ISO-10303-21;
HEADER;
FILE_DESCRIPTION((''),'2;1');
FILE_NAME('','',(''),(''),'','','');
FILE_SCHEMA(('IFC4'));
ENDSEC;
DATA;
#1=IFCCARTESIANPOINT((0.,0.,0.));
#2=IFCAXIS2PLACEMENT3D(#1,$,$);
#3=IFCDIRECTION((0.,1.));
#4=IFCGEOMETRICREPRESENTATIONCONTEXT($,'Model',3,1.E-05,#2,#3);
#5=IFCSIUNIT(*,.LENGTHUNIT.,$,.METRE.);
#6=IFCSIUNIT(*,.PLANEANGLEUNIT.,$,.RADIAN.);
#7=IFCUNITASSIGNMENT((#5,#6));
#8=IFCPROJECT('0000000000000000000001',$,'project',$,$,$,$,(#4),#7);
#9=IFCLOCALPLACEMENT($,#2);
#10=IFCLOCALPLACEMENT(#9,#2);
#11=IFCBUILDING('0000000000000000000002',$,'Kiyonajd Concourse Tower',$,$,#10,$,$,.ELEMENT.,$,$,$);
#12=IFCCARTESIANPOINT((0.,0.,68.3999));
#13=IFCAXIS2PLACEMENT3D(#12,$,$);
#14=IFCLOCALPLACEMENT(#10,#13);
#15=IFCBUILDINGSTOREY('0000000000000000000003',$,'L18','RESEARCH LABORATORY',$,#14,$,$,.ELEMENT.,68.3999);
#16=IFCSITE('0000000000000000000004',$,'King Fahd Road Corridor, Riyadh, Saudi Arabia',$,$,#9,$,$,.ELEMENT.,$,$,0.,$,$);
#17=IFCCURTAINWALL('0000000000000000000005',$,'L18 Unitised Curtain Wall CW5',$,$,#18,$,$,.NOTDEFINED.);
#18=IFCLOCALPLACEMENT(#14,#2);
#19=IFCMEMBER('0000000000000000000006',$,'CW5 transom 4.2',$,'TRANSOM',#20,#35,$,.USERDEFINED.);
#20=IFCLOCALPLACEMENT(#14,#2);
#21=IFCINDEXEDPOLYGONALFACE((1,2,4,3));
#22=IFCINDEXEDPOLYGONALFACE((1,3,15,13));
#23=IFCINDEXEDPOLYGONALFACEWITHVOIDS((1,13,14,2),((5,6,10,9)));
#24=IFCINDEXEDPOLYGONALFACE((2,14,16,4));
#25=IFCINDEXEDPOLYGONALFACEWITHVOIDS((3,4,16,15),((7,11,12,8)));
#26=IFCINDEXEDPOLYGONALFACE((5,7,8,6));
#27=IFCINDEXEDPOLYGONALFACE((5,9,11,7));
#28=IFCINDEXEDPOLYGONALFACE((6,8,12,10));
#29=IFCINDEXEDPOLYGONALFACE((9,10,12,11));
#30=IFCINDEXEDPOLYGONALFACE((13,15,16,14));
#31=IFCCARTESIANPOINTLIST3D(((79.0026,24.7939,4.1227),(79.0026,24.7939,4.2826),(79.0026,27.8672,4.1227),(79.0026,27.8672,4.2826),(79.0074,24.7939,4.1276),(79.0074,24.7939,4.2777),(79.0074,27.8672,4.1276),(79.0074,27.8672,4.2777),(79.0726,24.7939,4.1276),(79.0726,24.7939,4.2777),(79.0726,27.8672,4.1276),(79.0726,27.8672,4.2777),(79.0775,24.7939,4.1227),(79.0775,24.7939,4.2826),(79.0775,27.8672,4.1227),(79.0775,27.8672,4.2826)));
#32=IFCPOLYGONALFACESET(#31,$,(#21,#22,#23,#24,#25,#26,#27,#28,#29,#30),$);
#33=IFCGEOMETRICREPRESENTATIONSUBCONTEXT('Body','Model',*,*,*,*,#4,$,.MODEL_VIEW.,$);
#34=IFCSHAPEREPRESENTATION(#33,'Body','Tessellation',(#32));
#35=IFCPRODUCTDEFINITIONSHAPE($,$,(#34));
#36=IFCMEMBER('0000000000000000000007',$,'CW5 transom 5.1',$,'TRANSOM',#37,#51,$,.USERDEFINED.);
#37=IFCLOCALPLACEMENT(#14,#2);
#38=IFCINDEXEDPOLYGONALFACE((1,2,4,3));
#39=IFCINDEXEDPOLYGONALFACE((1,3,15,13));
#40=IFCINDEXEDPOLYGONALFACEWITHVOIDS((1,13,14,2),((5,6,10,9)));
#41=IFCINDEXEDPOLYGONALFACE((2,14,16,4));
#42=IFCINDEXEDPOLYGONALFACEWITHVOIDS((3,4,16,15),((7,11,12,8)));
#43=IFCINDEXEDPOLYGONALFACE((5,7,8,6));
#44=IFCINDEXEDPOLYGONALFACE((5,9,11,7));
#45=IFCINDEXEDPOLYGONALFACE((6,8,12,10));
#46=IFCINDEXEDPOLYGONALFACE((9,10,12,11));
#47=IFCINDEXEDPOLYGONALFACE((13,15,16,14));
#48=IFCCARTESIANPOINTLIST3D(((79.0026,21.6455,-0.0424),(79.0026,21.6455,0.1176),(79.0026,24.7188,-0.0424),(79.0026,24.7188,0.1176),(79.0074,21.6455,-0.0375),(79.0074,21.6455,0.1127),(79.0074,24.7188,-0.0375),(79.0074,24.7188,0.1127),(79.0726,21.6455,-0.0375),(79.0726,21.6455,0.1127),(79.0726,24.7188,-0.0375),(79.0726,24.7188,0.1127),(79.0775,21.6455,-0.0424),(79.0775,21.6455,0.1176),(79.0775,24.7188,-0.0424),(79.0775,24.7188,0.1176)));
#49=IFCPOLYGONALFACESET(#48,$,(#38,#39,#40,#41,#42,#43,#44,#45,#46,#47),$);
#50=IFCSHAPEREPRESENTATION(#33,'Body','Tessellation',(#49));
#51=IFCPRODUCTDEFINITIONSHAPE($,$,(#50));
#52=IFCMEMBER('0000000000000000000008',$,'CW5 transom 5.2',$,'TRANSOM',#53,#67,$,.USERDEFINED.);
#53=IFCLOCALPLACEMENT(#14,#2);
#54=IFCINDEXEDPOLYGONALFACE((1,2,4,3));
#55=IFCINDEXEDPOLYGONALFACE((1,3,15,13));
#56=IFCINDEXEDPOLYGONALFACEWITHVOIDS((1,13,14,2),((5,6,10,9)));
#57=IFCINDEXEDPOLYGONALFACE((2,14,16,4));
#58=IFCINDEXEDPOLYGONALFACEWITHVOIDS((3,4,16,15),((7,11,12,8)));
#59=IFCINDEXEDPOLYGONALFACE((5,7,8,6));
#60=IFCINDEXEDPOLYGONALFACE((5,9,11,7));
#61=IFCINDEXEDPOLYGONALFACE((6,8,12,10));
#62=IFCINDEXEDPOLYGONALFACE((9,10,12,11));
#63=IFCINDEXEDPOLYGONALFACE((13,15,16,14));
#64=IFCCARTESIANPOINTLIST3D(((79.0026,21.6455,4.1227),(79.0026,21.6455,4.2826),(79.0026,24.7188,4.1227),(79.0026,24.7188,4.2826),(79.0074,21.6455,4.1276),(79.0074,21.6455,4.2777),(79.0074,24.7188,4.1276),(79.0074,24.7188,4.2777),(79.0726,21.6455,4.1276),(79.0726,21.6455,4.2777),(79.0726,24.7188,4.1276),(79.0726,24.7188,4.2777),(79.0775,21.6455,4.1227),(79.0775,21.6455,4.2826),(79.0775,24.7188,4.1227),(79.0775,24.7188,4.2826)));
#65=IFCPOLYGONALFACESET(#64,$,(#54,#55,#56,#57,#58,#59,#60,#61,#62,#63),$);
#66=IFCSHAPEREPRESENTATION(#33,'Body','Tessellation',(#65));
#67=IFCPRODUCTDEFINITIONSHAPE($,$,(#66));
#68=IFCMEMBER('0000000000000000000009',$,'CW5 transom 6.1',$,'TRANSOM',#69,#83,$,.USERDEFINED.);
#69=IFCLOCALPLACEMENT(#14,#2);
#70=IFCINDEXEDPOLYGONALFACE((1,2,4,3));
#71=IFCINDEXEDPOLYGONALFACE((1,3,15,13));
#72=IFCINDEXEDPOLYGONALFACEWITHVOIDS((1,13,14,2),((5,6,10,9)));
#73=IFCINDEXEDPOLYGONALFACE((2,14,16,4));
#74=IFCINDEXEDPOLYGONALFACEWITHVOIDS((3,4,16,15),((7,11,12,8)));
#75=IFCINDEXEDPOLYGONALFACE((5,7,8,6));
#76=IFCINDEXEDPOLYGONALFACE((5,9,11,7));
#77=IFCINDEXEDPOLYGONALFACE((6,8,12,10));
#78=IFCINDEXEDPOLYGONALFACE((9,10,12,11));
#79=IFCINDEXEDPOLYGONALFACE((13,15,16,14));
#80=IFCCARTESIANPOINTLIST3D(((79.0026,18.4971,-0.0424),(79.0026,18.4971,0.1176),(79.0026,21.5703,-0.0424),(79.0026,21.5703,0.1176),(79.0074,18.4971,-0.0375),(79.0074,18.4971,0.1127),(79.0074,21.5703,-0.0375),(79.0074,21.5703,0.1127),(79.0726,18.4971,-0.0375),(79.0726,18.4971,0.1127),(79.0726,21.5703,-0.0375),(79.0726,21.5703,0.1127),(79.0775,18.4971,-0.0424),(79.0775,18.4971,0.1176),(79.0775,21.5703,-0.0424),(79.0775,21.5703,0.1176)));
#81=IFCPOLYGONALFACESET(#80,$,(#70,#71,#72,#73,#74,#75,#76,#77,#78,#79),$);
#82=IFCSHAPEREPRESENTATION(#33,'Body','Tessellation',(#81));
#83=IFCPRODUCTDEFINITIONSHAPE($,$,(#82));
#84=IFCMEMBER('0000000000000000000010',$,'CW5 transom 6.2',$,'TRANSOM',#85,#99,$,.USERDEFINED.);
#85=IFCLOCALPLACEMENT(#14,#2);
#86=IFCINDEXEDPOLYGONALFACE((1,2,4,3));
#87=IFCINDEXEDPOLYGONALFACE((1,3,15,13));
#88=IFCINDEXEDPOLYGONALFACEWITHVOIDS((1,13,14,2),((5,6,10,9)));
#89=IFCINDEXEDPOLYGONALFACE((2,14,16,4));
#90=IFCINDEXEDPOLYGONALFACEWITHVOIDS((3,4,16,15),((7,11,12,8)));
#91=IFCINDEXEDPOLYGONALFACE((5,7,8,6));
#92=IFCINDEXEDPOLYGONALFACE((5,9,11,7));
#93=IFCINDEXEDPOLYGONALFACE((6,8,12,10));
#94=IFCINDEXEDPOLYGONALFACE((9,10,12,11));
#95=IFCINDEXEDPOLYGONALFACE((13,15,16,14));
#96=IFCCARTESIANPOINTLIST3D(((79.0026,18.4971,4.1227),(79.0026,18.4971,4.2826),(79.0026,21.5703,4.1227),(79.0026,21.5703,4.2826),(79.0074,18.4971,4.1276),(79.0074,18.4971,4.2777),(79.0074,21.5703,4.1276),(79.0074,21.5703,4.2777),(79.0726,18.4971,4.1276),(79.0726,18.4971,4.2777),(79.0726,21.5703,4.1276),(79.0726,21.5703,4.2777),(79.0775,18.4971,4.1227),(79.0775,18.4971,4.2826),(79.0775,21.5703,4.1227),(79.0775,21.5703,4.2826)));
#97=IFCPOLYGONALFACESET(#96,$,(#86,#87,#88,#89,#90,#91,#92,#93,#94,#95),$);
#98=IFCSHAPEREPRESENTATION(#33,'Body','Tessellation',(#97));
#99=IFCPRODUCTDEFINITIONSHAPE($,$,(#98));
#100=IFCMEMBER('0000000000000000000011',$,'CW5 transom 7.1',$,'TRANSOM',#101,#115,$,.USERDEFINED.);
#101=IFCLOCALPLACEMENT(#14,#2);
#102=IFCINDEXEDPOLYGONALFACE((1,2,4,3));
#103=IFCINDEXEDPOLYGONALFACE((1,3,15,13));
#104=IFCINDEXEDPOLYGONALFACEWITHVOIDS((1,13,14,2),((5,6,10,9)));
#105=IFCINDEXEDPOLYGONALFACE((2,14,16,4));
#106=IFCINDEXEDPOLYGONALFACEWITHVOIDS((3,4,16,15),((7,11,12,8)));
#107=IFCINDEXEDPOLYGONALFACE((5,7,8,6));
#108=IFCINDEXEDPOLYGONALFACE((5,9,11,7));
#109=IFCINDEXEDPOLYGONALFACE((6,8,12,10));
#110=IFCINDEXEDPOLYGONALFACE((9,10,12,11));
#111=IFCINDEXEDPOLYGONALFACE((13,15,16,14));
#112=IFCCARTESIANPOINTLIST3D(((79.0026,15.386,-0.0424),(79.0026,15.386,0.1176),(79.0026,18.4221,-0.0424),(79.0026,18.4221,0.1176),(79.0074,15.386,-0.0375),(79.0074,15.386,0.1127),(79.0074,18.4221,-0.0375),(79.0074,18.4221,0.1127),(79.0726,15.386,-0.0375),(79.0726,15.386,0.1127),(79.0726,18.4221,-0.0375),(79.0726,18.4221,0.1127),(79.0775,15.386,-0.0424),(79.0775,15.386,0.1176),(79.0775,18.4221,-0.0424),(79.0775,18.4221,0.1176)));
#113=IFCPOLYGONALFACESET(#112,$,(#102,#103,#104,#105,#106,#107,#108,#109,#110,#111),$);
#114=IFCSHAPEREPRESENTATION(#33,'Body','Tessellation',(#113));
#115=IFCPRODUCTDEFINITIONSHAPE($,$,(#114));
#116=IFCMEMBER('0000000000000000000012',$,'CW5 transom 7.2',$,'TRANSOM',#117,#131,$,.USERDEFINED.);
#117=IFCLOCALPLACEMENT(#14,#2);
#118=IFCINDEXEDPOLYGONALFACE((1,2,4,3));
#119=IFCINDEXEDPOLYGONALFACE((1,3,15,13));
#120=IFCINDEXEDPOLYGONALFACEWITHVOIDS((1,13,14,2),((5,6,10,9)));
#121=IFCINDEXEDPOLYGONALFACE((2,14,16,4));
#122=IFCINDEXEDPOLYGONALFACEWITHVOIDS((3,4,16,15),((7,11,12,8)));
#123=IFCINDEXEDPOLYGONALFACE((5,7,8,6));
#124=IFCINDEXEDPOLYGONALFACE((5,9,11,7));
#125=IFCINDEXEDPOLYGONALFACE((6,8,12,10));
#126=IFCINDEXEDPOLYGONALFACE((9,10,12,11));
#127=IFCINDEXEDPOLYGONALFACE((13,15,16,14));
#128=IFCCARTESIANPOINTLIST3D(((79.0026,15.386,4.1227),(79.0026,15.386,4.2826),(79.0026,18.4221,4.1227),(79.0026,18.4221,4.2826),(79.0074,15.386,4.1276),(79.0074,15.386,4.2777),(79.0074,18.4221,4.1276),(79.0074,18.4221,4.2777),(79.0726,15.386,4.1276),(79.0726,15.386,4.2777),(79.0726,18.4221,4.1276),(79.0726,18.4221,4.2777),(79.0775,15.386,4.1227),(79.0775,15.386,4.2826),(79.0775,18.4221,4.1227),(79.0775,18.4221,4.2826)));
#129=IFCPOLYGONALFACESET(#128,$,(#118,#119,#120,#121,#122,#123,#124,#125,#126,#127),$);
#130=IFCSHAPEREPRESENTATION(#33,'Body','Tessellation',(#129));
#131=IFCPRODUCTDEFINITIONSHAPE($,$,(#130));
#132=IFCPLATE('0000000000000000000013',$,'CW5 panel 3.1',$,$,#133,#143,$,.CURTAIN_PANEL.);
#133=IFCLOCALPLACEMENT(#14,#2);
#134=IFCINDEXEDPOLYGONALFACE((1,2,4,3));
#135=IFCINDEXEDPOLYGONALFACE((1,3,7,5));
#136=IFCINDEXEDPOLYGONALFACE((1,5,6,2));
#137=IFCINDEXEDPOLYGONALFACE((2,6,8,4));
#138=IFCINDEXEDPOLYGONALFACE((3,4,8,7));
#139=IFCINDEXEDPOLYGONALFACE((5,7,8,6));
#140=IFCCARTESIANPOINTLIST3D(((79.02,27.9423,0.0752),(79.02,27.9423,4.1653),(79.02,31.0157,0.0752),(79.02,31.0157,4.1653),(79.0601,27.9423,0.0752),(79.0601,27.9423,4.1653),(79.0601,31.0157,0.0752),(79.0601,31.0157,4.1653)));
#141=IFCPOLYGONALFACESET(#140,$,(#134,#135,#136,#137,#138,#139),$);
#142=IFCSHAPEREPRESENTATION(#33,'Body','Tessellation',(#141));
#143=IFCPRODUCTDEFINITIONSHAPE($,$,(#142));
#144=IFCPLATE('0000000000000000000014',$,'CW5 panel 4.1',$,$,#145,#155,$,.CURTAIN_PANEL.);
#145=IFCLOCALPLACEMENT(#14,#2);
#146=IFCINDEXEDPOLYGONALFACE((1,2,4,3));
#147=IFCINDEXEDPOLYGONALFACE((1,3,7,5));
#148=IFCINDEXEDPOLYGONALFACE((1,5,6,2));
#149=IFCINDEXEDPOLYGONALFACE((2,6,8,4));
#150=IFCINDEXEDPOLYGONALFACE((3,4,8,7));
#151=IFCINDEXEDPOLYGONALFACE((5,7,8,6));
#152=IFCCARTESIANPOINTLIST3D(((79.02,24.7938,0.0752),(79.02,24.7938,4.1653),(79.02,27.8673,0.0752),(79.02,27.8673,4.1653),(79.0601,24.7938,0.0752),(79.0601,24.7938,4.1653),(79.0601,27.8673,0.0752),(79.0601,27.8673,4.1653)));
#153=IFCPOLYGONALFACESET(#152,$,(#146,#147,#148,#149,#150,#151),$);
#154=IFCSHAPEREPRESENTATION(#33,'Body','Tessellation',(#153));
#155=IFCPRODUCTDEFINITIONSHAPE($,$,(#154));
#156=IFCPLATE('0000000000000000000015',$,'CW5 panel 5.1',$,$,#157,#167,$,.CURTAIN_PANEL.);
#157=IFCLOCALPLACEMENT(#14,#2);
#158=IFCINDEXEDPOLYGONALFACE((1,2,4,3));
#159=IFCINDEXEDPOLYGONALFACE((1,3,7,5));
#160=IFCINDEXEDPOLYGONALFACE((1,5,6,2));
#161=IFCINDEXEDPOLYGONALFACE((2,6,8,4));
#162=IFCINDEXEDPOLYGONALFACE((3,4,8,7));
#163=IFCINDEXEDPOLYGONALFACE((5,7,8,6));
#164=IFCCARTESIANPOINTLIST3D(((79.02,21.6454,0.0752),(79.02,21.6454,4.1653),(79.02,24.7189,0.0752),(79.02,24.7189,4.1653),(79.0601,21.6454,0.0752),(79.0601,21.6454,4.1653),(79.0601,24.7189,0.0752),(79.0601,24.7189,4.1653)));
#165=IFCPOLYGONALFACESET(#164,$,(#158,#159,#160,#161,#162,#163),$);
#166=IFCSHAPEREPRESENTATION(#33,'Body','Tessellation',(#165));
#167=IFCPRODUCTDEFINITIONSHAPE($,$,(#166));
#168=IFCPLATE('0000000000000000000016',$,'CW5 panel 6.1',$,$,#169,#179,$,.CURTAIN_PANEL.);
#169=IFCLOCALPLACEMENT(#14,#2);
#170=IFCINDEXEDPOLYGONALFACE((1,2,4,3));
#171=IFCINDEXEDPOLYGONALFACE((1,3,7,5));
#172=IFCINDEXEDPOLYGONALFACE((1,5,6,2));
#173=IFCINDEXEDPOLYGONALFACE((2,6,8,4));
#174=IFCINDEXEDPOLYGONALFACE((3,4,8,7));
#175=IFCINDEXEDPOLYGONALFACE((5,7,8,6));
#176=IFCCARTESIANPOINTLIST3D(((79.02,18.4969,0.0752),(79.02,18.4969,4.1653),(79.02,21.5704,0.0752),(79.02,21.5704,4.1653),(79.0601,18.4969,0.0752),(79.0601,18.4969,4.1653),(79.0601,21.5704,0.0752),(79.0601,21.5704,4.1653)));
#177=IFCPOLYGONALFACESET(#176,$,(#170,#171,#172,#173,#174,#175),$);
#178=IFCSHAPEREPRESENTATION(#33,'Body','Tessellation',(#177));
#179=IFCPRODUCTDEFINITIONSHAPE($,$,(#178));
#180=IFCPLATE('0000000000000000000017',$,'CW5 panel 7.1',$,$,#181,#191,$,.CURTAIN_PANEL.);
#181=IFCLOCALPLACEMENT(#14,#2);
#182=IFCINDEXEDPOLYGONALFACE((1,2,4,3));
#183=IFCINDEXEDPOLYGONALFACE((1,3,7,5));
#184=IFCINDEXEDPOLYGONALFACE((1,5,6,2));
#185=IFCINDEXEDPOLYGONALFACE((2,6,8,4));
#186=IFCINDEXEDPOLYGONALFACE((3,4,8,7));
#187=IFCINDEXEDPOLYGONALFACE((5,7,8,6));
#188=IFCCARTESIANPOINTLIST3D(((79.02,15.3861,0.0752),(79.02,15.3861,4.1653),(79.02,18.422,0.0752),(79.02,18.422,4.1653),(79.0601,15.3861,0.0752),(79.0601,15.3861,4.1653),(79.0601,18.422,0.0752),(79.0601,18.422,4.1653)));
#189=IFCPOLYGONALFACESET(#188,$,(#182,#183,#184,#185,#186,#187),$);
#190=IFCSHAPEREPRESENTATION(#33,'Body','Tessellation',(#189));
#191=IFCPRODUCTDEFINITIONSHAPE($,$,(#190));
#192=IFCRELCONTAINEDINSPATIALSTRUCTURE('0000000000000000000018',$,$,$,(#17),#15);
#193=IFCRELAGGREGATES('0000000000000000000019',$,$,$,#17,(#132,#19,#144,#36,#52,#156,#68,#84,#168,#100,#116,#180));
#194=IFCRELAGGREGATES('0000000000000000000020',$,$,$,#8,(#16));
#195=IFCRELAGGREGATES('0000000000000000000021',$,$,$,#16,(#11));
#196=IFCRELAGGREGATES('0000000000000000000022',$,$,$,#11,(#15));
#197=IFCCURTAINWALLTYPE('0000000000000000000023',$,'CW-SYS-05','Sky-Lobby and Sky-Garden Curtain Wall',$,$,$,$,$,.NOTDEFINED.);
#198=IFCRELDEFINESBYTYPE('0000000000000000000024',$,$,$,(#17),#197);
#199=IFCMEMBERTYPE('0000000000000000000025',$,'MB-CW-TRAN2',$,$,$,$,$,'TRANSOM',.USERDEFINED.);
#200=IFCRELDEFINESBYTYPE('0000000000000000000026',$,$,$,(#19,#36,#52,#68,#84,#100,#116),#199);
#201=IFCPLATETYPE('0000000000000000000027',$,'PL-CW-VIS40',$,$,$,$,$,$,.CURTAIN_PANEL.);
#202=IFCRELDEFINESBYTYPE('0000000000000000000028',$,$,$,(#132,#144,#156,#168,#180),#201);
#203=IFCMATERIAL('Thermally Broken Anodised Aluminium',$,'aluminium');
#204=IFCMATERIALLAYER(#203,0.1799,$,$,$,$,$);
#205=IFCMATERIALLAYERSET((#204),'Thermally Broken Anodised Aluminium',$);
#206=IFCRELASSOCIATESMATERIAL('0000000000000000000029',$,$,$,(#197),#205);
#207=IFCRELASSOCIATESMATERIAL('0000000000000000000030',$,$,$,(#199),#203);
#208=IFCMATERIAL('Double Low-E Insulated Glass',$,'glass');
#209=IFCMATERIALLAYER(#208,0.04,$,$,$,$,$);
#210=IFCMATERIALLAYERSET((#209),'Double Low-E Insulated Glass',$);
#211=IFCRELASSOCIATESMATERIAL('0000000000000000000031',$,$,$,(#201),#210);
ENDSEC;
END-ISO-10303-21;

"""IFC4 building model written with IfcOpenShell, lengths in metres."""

from ifc_helpers import new_model, si_unit, direction, frame, origin, origin_2d, place, context, subcontext, project, spatial, rectangle, hollow_rectangle, extrude, material, layer, layer_set, material_profile, profile_set, type_object, element, aggregate, save


model = new_model("IFC4")

# Units and contexts
model_context = context("Model", 3, precision=1e-05, world=origin(), true_north=direction((0.0, 1.0)))
body_context = subcontext(model_context, "Body", "Model", "MODEL_VIEW")
ifc_project = project(units=[si_unit("LENGTHUNIT", "METRE"), si_unit("PLANEANGLEUNIT", "RADIAN")], contexts=[model_context])

# Site, building, storey
site_placement = place(None, origin())
site = spatial("IfcSite", under=ifc_project, at=site_placement, Name="King Fahd Road Corridor, Riyadh, Saudi Arabia", CompositionType="ELEMENT", RefElevation=0.0)
building_placement = place(site_placement, origin())
building = spatial("IfcBuilding", under=site, at=building_placement, Name="Kiyonajd Concourse Tower", CompositionType="ELEMENT")
storey_placement = place(building_placement, frame((0.0, 0.0, 68.3999)))
storey = spatial("IfcBuildingStorey", under=building, at=storey_placement, Name="L18", Description="RESEARCH LABORATORY", CompositionType="ELEMENT", Elevation=68.3999)

# Curtain wall, members, plates
ifc_material_1 = material(Name="Thermally Broken Anodised Aluminium", Category="aluminium")
ifc_layer_1 = layer(ifc_material_1, 0.1799)
ifc_layer_set_1 = layer_set([ifc_layer_1], Name="Thermally Broken Anodised Aluminium")
curtain_wall_type = type_object("IfcCurtainWallType", Name="CW-SYS-05", Description="Sky-Lobby and Sky-Garden Curtain Wall", PredefinedType="NOTDEFINED", material=ifc_layer_set_1)
curtain_wall_placement = place(storey_placement, origin())
curtain_wall = element("IfcCurtainWall", 1, at=curtain_wall_placement, inside=storey, type_object=curtain_wall_type, Name="L18 Unitised Curtain Wall CW5", PredefinedType="NOTDEFINED")
ifc_material_profile_1 = material_profile(ifc_material_1, hollow_rectangle(XDim=0.075, YDim=0.1599, WallThickness=0.0049, at=origin_2d()), Name="TRAN-75x160")
ifc_profile_set_1 = profile_set([ifc_material_profile_1], Name="Thermally Broken Anodised Aluminium")
member_type_1 = type_object("IfcMemberType", Name="MB-CW-TRAN2", ElementType="TRANSOM", PredefinedType="USERDEFINED", material=ifc_profile_set_1)
member_1_placement = place(storey_placement, frame((79.04, 27.8672, 4.2026), z_axis=(0.0, -1.0, 0.0), x_axis=(1.0, 0.0, 0.0)))
member_1 = element("IfcMember", 2, at=member_1_placement, type_object=member_type_1, Name="CW5 transom 4.2", ObjectType="TRANSOM", PredefinedType="USERDEFINED", context=body_context, shape_type="SweptSolid", body=[
    extrude(hollow_rectangle(XDim=0.075, YDim=0.1599, WallThickness=0.0049, at=origin_2d()), origin(), (0.0, 0.0, 1.0), 3.0732),
])
member_2_placement = place(storey_placement, frame((79.04, 24.7188, 0.0376), z_axis=(0.0, -1.0, 0.0), x_axis=(1.0, 0.0, 0.0)))
member_2 = element("IfcMember", 3, at=member_2_placement, type_object=member_type_1, Name="CW5 transom 5.1", ObjectType="TRANSOM", PredefinedType="USERDEFINED", context=body_context, shape_type="SweptSolid", body=[
    extrude(hollow_rectangle(XDim=0.075, YDim=0.1599, WallThickness=0.0049, at=origin_2d()), origin(), (0.0, 0.0, 1.0), 3.0732),
])
member_3_placement = place(storey_placement, frame((79.04, 24.7188, 4.2026), z_axis=(0.0, -1.0, 0.0), x_axis=(1.0, 0.0, 0.0)))
member_3 = element("IfcMember", 4, at=member_3_placement, type_object=member_type_1, Name="CW5 transom 5.2", ObjectType="TRANSOM", PredefinedType="USERDEFINED", context=body_context, shape_type="SweptSolid", body=[
    extrude(hollow_rectangle(XDim=0.075, YDim=0.1599, WallThickness=0.0049, at=origin_2d()), origin(), (0.0, 0.0, 1.0), 3.0732),
])
member_4_placement = place(storey_placement, frame((79.04, 21.5703, 0.0376), z_axis=(0.0, -1.0, 0.0), x_axis=(1.0, 0.0, 0.0)))
member_4 = element("IfcMember", 5, at=member_4_placement, type_object=member_type_1, Name="CW5 transom 6.1", ObjectType="TRANSOM", PredefinedType="USERDEFINED", context=body_context, shape_type="SweptSolid", body=[
    extrude(hollow_rectangle(XDim=0.075, YDim=0.1599, WallThickness=0.0049, at=origin_2d()), origin(), (0.0, 0.0, 1.0), 3.0732),
])
member_5_placement = place(storey_placement, frame((79.04, 21.5703, 4.2026), z_axis=(0.0, -1.0, 0.0), x_axis=(1.0, 0.0, 0.0)))
member_5 = element("IfcMember", 6, at=member_5_placement, type_object=member_type_1, Name="CW5 transom 6.2", ObjectType="TRANSOM", PredefinedType="USERDEFINED", context=body_context, shape_type="SweptSolid", body=[
    extrude(hollow_rectangle(XDim=0.075, YDim=0.1599, WallThickness=0.0049, at=origin_2d()), origin(), (0.0, 0.0, 1.0), 3.0732),
])
member_6_placement = place(storey_placement, frame((79.04, 18.4221, 0.0376), z_axis=(0.0, -1.0, 0.0), x_axis=(1.0, 0.0, 0.0)))
member_6 = element("IfcMember", 7, at=member_6_placement, type_object=member_type_1, Name="CW5 transom 7.1", ObjectType="TRANSOM", PredefinedType="USERDEFINED", context=body_context, shape_type="SweptSolid", body=[
    extrude(hollow_rectangle(XDim=0.075, YDim=0.1599, WallThickness=0.0049, at=origin_2d()), origin(), (0.0, 0.0, 1.0), 3.0361),
])
member_7_placement = place(storey_placement, frame((79.04, 18.4221, 4.2026), z_axis=(0.0, -1.0, 0.0), x_axis=(1.0, 0.0, 0.0)))
member_7 = element("IfcMember", 8, at=member_7_placement, type_object=member_type_1, Name="CW5 transom 7.2", ObjectType="TRANSOM", PredefinedType="USERDEFINED", context=body_context, shape_type="SweptSolid", body=[
    extrude(hollow_rectangle(XDim=0.075, YDim=0.1599, WallThickness=0.0049, at=origin_2d()), origin(), (0.0, 0.0, 1.0), 3.0361),
])
ifc_material_2 = material(Name="Double Low-E Insulated Glass", Category="glass")
ifc_layer_2 = layer(ifc_material_2, 0.04)
ifc_layer_set_2 = layer_set([ifc_layer_2], Name="Double Low-E Insulated Glass")
plate_type = type_object("IfcPlateType", Name="PL-CW-VIS40", PredefinedType="CURTAIN_PANEL", material=ifc_layer_set_2)
plate_1_placement = place(storey_placement, frame((79.04, 29.479, 0.0752), z_axis=(0.0, 0.0, 1.0), x_axis=(0.0, -1.0, 0.0)))
plate_1 = element("IfcPlate", 9, at=plate_1_placement, type_object=plate_type, Name="CW5 panel 3.1", PredefinedType="CURTAIN_PANEL", context=body_context, shape_type="SweptSolid", body=[
    extrude(rectangle(XDim=3.0735, YDim=0.04, at=origin_2d()), origin(), (0.0, 0.0, 1.0), 4.0901),
])
plate_2_placement = place(storey_placement, frame((79.04, 26.3306, 0.0752), z_axis=(0.0, 0.0, 1.0), x_axis=(0.0, -1.0, 0.0)))
plate_2 = element("IfcPlate", 10, at=plate_2_placement, type_object=plate_type, Name="CW5 panel 4.1", PredefinedType="CURTAIN_PANEL", context=body_context, shape_type="SweptSolid", body=[
    extrude(rectangle(XDim=3.0735, YDim=0.04, at=origin_2d()), origin(), (0.0, 0.0, 1.0), 4.0901),
])
plate_3_placement = place(storey_placement, frame((79.04, 23.1821, 0.0752), z_axis=(0.0, 0.0, 1.0), x_axis=(0.0, -1.0, 0.0)))
plate_3 = element("IfcPlate", 11, at=plate_3_placement, type_object=plate_type, Name="CW5 panel 5.1", PredefinedType="CURTAIN_PANEL", context=body_context, shape_type="SweptSolid", body=[
    extrude(rectangle(XDim=3.0735, YDim=0.04, at=origin_2d()), origin(), (0.0, 0.0, 1.0), 4.0901),
])
plate_4_placement = place(storey_placement, frame((79.04, 20.0337, 0.0752), z_axis=(0.0, 0.0, 1.0), x_axis=(0.0, -1.0, 0.0)))
plate_4 = element("IfcPlate", 12, at=plate_4_placement, type_object=plate_type, Name="CW5 panel 6.1", PredefinedType="CURTAIN_PANEL", context=body_context, shape_type="SweptSolid", body=[
    extrude(rectangle(XDim=3.0735, YDim=0.04, at=origin_2d()), origin(), (0.0, 0.0, 1.0), 4.0901),
])
plate_5_placement = place(storey_placement, frame((79.04, 16.9041, 0.0752), z_axis=(0.0, 0.0, 1.0), x_axis=(0.0, -1.0, 0.0)))
plate_5 = element("IfcPlate", 13, at=plate_5_placement, type_object=plate_type, Name="CW5 panel 7.1", PredefinedType="CURTAIN_PANEL", context=body_context, shape_type="SweptSolid", body=[
    extrude(rectangle(XDim=3.0359, YDim=0.04, at=origin_2d()), origin(), (0.0, 0.0, 1.0), 4.0901),
])
aggregate(curtain_wall, [plate_1, member_1, plate_2, member_2, member_3, plate_3, member_4, member_5, plate_4, member_6, member_7, plate_5])

save(model, "model.ifc")
